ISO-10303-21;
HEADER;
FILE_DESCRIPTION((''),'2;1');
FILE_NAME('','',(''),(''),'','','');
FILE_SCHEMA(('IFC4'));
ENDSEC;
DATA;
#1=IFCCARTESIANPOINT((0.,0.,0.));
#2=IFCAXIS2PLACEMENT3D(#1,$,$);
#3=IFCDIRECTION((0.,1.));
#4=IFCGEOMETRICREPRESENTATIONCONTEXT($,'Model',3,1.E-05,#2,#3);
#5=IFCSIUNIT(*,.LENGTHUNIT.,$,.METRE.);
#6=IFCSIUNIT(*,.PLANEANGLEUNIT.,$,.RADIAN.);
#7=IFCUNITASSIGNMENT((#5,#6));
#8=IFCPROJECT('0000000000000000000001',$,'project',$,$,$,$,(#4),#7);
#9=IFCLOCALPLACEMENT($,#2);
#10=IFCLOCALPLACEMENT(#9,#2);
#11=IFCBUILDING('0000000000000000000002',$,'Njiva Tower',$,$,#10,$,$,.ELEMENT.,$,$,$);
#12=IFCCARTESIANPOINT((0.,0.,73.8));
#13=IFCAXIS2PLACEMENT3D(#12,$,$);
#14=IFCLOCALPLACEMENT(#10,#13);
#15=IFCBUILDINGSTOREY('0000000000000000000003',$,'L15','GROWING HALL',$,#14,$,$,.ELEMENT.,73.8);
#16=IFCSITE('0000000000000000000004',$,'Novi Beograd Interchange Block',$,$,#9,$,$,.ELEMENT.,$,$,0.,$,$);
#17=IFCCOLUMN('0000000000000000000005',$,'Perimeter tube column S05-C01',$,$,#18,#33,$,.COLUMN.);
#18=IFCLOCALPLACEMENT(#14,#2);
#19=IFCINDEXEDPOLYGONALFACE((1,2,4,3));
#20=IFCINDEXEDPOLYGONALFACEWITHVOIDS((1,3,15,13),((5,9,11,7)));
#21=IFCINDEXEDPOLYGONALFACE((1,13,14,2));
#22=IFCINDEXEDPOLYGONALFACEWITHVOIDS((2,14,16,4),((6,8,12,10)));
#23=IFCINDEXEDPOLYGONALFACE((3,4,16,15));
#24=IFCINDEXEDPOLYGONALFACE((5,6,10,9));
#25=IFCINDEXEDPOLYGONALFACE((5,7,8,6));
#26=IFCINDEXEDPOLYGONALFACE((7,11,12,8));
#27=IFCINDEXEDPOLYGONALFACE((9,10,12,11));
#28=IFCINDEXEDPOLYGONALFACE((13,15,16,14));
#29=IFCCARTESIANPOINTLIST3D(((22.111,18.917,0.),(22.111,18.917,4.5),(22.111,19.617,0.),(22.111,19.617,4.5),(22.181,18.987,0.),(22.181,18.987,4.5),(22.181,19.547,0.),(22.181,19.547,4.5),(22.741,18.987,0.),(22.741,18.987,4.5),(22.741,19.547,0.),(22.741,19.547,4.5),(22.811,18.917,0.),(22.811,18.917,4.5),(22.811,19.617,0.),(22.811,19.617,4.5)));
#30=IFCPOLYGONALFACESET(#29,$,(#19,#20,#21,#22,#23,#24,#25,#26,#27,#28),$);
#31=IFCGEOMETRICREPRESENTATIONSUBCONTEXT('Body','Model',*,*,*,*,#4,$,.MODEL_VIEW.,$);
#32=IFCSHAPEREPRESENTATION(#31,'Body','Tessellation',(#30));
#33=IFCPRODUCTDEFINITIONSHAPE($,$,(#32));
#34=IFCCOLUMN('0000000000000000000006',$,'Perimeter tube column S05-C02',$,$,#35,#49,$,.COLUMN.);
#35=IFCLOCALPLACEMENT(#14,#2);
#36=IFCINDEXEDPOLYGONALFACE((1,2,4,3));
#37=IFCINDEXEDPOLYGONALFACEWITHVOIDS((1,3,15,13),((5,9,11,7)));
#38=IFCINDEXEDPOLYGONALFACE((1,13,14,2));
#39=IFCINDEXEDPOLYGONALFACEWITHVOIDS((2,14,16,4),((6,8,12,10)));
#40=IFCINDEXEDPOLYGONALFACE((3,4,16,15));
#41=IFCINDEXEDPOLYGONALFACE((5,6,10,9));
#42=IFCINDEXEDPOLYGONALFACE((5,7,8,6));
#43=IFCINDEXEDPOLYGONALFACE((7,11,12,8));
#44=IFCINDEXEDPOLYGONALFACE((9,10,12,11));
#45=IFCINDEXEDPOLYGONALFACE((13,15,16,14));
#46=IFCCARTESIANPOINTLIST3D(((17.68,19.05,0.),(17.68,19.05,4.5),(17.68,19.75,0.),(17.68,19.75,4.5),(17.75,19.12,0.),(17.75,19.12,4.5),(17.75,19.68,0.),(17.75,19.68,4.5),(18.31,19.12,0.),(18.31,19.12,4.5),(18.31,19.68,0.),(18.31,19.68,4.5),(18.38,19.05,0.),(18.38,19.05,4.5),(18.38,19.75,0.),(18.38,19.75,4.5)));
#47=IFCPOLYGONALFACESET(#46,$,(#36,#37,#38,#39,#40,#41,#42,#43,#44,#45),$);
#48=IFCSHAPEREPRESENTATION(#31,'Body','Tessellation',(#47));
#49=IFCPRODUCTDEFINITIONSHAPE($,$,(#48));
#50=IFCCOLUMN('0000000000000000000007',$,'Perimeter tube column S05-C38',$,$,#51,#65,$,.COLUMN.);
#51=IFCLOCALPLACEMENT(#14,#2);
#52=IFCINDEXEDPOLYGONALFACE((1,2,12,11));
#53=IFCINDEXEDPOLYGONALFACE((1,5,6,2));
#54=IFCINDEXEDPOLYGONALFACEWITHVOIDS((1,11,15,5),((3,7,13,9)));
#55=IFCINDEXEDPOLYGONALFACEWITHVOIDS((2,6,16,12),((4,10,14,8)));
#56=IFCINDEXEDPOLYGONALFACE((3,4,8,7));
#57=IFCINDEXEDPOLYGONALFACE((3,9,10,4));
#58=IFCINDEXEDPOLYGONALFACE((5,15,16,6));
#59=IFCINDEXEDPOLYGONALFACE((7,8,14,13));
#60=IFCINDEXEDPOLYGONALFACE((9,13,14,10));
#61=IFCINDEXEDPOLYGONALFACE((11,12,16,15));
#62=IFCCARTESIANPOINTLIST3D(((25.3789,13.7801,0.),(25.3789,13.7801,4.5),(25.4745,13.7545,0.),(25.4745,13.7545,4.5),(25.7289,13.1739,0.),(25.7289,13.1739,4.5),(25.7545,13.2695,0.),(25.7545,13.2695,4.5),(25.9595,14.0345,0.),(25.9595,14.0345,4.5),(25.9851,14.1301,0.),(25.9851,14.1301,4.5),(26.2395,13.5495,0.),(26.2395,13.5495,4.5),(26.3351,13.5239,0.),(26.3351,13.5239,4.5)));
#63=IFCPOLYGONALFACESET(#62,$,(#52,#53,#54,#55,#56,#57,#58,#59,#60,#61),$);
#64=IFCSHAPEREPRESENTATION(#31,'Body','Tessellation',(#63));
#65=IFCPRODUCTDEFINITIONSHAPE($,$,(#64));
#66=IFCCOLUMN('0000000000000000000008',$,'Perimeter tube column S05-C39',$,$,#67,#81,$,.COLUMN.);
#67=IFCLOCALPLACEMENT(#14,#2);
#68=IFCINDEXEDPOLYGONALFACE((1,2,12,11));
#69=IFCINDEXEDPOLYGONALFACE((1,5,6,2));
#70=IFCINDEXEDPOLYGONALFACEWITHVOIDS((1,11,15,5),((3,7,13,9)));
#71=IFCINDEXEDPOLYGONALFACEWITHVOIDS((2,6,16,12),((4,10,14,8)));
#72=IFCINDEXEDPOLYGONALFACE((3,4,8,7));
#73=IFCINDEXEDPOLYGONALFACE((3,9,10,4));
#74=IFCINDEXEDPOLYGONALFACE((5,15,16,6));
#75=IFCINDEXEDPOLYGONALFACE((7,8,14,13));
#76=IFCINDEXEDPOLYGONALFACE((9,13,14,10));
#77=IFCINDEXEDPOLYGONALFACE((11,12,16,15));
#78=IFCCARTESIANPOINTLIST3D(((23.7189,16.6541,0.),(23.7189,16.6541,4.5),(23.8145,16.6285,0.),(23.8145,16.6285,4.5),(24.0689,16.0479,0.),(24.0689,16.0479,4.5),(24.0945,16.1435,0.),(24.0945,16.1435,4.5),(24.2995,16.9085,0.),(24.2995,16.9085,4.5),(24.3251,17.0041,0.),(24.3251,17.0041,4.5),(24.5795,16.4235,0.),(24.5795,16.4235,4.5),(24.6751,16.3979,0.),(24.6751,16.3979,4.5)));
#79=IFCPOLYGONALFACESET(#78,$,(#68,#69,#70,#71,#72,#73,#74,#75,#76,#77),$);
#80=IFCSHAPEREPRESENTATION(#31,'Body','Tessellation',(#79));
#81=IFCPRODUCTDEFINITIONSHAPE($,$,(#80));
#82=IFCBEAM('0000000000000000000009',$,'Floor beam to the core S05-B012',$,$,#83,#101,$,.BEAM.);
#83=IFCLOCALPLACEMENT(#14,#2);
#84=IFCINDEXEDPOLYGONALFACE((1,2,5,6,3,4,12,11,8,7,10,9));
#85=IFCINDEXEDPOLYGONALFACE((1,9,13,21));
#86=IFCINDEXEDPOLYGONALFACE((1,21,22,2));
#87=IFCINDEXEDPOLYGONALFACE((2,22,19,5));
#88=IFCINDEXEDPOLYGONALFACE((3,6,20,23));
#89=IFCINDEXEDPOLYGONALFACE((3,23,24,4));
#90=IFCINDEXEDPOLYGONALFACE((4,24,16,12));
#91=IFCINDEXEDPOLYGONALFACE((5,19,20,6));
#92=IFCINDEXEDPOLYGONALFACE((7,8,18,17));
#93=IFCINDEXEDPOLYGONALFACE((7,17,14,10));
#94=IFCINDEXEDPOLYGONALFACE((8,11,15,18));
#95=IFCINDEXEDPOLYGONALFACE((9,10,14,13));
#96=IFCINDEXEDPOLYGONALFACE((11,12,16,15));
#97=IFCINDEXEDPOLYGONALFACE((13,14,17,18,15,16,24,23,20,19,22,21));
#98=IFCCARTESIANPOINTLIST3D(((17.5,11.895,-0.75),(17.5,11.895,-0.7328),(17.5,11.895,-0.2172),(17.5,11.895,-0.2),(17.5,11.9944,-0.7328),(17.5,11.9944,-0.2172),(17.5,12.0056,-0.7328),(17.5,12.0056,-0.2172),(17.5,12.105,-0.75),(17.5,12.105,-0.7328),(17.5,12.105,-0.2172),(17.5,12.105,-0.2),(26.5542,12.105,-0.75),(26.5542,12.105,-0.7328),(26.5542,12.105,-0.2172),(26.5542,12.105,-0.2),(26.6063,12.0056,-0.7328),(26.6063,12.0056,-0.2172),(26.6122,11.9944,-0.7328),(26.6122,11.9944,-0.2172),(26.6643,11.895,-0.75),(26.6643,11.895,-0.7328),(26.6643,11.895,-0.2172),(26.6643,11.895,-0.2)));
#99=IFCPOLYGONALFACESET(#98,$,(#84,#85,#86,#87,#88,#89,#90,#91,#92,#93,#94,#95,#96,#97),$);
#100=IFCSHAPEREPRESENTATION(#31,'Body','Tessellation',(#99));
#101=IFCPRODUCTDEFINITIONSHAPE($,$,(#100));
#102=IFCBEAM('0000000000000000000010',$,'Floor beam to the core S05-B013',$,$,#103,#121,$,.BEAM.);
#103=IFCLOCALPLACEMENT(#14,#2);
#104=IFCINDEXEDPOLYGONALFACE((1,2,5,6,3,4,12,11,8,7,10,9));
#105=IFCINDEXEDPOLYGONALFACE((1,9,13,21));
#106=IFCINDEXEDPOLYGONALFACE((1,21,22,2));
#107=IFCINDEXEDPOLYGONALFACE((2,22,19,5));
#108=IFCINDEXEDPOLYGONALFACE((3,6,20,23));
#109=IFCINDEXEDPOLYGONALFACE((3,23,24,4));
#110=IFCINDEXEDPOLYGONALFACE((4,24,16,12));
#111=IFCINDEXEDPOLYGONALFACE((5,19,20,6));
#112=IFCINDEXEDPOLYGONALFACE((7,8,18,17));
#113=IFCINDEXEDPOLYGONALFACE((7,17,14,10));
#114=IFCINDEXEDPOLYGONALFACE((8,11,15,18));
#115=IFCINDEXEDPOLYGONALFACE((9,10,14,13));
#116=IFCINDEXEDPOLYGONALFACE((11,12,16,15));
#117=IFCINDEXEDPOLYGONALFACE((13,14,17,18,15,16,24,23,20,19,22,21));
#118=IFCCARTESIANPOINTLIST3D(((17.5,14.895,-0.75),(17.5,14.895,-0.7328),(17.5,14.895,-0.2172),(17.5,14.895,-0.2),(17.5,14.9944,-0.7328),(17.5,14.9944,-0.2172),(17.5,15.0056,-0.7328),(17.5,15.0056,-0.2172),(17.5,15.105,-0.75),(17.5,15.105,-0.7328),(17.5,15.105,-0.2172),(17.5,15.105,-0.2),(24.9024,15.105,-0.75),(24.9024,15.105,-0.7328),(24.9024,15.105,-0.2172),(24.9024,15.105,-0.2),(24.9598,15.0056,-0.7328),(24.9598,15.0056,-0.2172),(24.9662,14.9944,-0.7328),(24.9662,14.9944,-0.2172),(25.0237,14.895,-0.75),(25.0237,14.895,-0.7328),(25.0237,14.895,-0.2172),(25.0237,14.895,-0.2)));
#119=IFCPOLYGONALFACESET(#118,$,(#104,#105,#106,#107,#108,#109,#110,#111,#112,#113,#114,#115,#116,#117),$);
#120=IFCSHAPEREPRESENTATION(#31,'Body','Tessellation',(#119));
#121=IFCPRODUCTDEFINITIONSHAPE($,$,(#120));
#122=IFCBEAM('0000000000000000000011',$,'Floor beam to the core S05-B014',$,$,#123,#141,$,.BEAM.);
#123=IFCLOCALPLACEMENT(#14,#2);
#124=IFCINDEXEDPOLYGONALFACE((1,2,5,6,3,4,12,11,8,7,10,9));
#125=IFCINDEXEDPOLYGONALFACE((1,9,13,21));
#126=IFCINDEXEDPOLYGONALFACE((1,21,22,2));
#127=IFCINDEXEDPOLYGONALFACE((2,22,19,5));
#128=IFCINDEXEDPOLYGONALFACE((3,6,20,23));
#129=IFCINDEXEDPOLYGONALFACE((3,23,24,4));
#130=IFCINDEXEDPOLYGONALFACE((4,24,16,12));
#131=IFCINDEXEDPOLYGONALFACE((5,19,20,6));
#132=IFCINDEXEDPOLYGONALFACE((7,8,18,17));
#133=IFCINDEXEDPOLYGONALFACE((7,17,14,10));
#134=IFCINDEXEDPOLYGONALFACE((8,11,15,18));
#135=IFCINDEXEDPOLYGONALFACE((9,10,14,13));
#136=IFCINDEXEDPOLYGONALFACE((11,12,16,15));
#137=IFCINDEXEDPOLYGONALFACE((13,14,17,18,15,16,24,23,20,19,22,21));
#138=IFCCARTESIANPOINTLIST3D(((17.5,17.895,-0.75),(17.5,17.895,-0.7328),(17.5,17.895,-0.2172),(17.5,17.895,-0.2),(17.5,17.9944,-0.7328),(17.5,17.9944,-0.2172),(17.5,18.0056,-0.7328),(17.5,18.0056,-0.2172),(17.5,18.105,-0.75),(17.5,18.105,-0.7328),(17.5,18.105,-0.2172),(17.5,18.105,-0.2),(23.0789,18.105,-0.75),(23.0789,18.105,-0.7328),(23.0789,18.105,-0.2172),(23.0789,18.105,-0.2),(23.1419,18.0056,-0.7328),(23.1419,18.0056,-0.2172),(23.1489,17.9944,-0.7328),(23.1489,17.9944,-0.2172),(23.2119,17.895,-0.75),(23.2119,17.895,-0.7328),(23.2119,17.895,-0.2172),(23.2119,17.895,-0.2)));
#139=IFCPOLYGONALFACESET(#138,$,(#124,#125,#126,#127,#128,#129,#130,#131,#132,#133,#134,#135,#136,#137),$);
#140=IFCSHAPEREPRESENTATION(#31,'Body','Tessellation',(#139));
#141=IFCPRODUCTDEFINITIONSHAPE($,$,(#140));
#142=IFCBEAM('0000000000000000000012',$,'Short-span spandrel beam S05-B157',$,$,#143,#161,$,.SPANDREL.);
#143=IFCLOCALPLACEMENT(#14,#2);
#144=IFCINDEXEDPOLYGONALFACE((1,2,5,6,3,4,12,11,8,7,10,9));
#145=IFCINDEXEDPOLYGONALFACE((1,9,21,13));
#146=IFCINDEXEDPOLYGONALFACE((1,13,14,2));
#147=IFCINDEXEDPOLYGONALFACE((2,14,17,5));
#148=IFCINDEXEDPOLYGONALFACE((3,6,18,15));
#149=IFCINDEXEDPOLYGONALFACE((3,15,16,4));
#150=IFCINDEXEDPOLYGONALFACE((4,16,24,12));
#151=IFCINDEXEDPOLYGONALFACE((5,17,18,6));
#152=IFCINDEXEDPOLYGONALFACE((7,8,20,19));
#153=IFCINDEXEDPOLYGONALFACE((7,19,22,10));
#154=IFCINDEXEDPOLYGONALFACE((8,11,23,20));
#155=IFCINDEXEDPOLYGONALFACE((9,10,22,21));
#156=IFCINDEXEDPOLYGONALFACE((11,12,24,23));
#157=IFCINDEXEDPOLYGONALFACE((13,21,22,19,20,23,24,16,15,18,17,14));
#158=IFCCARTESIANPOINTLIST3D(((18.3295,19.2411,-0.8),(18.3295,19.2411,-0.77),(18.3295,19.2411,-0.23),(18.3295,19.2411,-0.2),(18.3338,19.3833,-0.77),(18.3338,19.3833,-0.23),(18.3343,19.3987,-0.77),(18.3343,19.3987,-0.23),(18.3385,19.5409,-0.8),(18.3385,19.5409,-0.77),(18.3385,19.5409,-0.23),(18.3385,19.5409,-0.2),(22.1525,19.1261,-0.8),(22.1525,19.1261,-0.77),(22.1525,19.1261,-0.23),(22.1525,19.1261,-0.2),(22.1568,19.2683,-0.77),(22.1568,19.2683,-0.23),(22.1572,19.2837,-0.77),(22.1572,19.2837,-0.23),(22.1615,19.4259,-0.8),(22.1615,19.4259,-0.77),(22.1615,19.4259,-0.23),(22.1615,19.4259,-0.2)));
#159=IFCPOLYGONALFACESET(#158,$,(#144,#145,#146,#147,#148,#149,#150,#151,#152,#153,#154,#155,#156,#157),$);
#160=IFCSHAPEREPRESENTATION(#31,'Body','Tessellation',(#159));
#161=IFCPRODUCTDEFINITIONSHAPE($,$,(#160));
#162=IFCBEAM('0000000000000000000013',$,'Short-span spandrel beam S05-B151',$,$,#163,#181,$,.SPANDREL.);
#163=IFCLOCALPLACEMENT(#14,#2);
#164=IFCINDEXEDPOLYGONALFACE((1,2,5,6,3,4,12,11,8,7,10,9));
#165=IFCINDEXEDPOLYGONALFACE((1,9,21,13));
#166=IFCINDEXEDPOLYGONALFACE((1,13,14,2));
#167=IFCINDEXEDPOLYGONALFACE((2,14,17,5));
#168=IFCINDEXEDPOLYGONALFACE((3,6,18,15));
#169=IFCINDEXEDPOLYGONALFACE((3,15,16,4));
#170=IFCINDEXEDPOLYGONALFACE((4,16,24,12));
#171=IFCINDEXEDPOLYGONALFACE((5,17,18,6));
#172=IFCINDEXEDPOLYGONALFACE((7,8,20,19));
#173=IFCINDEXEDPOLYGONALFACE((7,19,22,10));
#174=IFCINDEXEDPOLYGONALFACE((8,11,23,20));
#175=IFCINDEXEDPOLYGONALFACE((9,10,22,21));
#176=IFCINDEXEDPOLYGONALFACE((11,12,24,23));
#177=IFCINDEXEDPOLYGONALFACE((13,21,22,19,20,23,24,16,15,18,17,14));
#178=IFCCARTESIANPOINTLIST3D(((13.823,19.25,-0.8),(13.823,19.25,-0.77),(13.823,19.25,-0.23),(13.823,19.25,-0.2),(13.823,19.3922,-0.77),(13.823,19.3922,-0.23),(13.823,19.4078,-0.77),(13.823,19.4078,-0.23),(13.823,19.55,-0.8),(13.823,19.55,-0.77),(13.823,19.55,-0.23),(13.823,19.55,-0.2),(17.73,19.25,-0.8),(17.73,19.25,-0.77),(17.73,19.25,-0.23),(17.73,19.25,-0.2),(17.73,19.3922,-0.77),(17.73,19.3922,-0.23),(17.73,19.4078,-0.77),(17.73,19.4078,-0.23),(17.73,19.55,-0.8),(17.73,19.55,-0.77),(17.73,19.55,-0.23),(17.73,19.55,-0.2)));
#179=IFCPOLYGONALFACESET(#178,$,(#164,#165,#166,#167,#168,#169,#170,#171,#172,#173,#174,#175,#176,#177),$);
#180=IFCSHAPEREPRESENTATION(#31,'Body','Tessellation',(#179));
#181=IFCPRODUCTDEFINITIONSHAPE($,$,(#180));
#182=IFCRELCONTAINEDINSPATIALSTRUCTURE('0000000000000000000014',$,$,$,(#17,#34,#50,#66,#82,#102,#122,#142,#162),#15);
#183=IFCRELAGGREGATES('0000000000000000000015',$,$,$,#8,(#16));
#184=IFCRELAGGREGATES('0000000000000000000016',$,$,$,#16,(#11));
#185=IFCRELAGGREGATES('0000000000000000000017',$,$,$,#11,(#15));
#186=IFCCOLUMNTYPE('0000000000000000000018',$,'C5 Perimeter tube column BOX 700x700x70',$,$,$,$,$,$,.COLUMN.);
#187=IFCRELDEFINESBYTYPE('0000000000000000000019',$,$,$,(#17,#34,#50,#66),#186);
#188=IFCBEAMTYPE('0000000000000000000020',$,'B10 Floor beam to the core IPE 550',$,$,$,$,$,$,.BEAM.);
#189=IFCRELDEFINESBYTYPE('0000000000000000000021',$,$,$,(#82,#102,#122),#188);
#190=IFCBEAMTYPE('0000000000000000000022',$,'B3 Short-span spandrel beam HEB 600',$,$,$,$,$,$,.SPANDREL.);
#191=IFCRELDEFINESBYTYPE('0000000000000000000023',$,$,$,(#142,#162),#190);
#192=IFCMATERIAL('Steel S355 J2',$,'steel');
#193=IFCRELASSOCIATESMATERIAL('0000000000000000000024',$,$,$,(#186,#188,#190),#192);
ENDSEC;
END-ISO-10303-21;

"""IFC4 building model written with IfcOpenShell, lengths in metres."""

from ifc_helpers import new_model, si_unit, direction, frame, origin, origin_2d, place, context, subcontext, project, spatial, hollow_rectangle, i_section, extrude, clip, halfspace, material, material_profile, profile_set, type_object, element, save


model = new_model("IFC4")

# Units and contexts
model_context = context("Model", 3, precision=1e-05, world=origin(), true_north=direction((0.0, 1.0)))
body_context = subcontext(model_context, "Body", "Model", "MODEL_VIEW")
ifc_project = project(units=[si_unit("LENGTHUNIT", "METRE"), si_unit("PLANEANGLEUNIT", "RADIAN")], contexts=[model_context])

# Site, building, storey
site_placement = place(None, origin())
site = spatial("IfcSite", under=ifc_project, at=site_placement, Name="Novi Beograd Interchange Block", CompositionType="ELEMENT", RefElevation=0.0)
building_placement = place(site_placement, origin())
building = spatial("IfcBuilding", under=site, at=building_placement, Name="Njiva Tower", CompositionType="ELEMENT")
storey_placement = place(building_placement, frame((0.0, 0.0, 73.8)))
storey = spatial("IfcBuildingStorey", under=building, at=storey_placement, Name="L15", Description="GROWING HALL", CompositionType="ELEMENT", Elevation=73.8)

# Columns
ifc_material_1 = material(Name="Steel S355 J2", Category="steel")
ifc_material_profile_1 = material_profile(ifc_material_1, hollow_rectangle(XDim=0.7, YDim=0.7, WallThickness=0.07, at=origin_2d()), Name="BOX 700x700x70")
ifc_profile_set_1 = profile_set([ifc_material_profile_1], Name="Steel S355 J2")
column_type = type_object("IfcColumnType", Name="C5 Perimeter tube column BOX 700x700x70", PredefinedType="COLUMN", material=ifc_profile_set_1)
for number, where, z_axis, x_axis, name in (
    (1, (22.461, 19.267, 0.0), (0.0, 0.0, 1.0), (-1.0, 0.0, 0.0), "Perimeter tube column S05-C01"),
    (2, (18.03, 19.4, 0.0), (0.0, 0.0, 1.0), (-1.0, 0.0, 0.0), "Perimeter tube column S05-C02"),
    (3, (25.857, 13.652, 0.0), (0.0, 0.0, 1.0), (-0.5, 0.866025, 0.0), "Perimeter tube column S05-C38"),
    (4, (24.197, 16.526, 0.0), (0.0, 0.0, 1.0), (-0.5, 0.866025, 0.0), "Perimeter tube column S05-C39"),
):
    element("IfcColumn", number, at=place(storey_placement, frame(where, z_axis=z_axis, x_axis=x_axis)), inside=storey, type_object=column_type, Name=name, PredefinedType="COLUMN", context=body_context, shape_type="SweptSolid", body=[
        extrude(hollow_rectangle(XDim=0.7, YDim=0.7, WallThickness=0.07, at=origin_2d()), origin(), (0.0, 0.0, 1.0), 4.5),
    ])

# Beams
ifc_material_profile_2 = material_profile(ifc_material_1, i_section(OverallWidth=0.21, OverallDepth=0.55, WebThickness=0.0111, FlangeThickness=0.0172, at=origin_2d()), Name="IPE 550")
ifc_profile_set_2 = profile_set([ifc_material_profile_2], Name="Steel S355 J2")
beam_type_1 = type_object("IfcBeamType", Name="B10 Floor beam to the core IPE 550", PredefinedType="BEAM", material=ifc_profile_set_2)
beam_1_placement = place(storey_placement, frame((17.5, 12.0, -0.475), z_axis=(1.0, 0.0, 0.0), x_axis=(0.0, 1.0, 0.0)))
element("IfcBeam", 5, at=beam_1_placement, inside=storey, type_object=beam_type_1, Name="Floor beam to the core S05-B012", PredefinedType="BEAM", context=body_context, shape_type="Clipping", body=[
    clip(extrude(i_section(OverallWidth=0.21, OverallDepth=0.55, WebThickness=0.0111, FlangeThickness=0.0172, at=origin_2d()), origin(), (0.0, 0.0, 1.0), 9.184), halfspace(frame((0.0232, 0.0, 9.0971), z_axis=(0.46405, 0.0, 0.885809), x_axis=(0.0, 1.0, 0.0)), False)),
])
beam_2_placement = place(storey_placement, frame((17.5, 15.0, -0.475), z_axis=(1.0, 0.0, 0.0), x_axis=(0.0, 1.0, 0.0)))
element("IfcBeam", 6, at=beam_2_placement, inside=storey, type_object=beam_type_1, Name="Floor beam to the core S05-B013", PredefinedType="BEAM", context=body_context, shape_type="Clipping", body=[
    clip(extrude(i_section(OverallWidth=0.21, OverallDepth=0.55, WebThickness=0.0111, FlangeThickness=0.0172, at=origin_2d()), origin(), (0.0, 0.0, 1.0), 7.544), halfspace(frame((0.025, 0.0, 7.4486), z_axis=(0.499998, 0.0, 0.866027), x_axis=(0.0, 1.0, 0.0)), False)),
])
beam_3_placement = place(storey_placement, frame((17.5, 18.0, -0.475), z_axis=(1.0, 0.0, 0.0), x_axis=(0.0, 1.0, 0.0)))
element("IfcBeam", 7, at=beam_3_placement, inside=storey, type_object=beam_type_1, Name="Floor beam to the core S05-B014", PredefinedType="BEAM", context=body_context, shape_type="Clipping", body=[
    clip(extrude(i_section(OverallWidth=0.21, OverallDepth=0.55, WebThickness=0.0111, FlangeThickness=0.0172, at=origin_2d()), origin(), (0.0, 0.0, 1.0), 5.732), halfspace(frame((0.0268, 0.0, 5.6284), z_axis=(0.535111, 0.0, 0.844782), x_axis=(0.0, 1.0, 0.0)), False)),
])
ifc_material_profile_3 = material_profile(ifc_material_1, i_section(OverallWidth=0.3, OverallDepth=0.6, WebThickness=0.0155, FlangeThickness=0.03, at=origin_2d()), Name="HEB 600")
ifc_profile_set_3 = profile_set([ifc_material_profile_3], Name="Steel S355 J2")
beam_type_2 = type_object("IfcBeamType", Name="B3 Short-span spandrel beam HEB 600", PredefinedType="SPANDREL", material=ifc_profile_set_3)
beam_4_placement = place(storey_placement, frame((22.157, 19.276, -0.5), z_axis=(-0.999548, 0.030067, 0.0), x_axis=(-0.030067, -0.999548, 0.0)))
element("IfcBeam", 8, at=beam_4_placement, inside=storey, type_object=beam_type_2, Name="Short-span spandrel beam S05-B157", PredefinedType="SPANDREL", context=body_context, shape_type="SweptSolid", body=[
    extrude(i_section(OverallWidth=0.3, OverallDepth=0.6, WebThickness=0.0155, FlangeThickness=0.03, at=origin_2d()), origin(), (0.0, 0.0, 1.0), 3.8247),
])
beam_5_placement = place(storey_placement, frame((17.73, 19.4, -0.5), z_axis=(-1.0, 0.0, 0.0), x_axis=(0.0, -1.0, 0.0)))
element("IfcBeam", 9, at=beam_5_placement, inside=storey, type_object=beam_type_2, Name="Short-span spandrel beam S05-B151", PredefinedType="SPANDREL", context=body_context, shape_type="SweptSolid", body=[
    extrude(i_section(OverallWidth=0.3, OverallDepth=0.6, WebThickness=0.0155, FlangeThickness=0.03, at=origin_2d()), origin(), (0.0, 0.0, 1.0), 3.907),
])

save(model, "model.ifc")
